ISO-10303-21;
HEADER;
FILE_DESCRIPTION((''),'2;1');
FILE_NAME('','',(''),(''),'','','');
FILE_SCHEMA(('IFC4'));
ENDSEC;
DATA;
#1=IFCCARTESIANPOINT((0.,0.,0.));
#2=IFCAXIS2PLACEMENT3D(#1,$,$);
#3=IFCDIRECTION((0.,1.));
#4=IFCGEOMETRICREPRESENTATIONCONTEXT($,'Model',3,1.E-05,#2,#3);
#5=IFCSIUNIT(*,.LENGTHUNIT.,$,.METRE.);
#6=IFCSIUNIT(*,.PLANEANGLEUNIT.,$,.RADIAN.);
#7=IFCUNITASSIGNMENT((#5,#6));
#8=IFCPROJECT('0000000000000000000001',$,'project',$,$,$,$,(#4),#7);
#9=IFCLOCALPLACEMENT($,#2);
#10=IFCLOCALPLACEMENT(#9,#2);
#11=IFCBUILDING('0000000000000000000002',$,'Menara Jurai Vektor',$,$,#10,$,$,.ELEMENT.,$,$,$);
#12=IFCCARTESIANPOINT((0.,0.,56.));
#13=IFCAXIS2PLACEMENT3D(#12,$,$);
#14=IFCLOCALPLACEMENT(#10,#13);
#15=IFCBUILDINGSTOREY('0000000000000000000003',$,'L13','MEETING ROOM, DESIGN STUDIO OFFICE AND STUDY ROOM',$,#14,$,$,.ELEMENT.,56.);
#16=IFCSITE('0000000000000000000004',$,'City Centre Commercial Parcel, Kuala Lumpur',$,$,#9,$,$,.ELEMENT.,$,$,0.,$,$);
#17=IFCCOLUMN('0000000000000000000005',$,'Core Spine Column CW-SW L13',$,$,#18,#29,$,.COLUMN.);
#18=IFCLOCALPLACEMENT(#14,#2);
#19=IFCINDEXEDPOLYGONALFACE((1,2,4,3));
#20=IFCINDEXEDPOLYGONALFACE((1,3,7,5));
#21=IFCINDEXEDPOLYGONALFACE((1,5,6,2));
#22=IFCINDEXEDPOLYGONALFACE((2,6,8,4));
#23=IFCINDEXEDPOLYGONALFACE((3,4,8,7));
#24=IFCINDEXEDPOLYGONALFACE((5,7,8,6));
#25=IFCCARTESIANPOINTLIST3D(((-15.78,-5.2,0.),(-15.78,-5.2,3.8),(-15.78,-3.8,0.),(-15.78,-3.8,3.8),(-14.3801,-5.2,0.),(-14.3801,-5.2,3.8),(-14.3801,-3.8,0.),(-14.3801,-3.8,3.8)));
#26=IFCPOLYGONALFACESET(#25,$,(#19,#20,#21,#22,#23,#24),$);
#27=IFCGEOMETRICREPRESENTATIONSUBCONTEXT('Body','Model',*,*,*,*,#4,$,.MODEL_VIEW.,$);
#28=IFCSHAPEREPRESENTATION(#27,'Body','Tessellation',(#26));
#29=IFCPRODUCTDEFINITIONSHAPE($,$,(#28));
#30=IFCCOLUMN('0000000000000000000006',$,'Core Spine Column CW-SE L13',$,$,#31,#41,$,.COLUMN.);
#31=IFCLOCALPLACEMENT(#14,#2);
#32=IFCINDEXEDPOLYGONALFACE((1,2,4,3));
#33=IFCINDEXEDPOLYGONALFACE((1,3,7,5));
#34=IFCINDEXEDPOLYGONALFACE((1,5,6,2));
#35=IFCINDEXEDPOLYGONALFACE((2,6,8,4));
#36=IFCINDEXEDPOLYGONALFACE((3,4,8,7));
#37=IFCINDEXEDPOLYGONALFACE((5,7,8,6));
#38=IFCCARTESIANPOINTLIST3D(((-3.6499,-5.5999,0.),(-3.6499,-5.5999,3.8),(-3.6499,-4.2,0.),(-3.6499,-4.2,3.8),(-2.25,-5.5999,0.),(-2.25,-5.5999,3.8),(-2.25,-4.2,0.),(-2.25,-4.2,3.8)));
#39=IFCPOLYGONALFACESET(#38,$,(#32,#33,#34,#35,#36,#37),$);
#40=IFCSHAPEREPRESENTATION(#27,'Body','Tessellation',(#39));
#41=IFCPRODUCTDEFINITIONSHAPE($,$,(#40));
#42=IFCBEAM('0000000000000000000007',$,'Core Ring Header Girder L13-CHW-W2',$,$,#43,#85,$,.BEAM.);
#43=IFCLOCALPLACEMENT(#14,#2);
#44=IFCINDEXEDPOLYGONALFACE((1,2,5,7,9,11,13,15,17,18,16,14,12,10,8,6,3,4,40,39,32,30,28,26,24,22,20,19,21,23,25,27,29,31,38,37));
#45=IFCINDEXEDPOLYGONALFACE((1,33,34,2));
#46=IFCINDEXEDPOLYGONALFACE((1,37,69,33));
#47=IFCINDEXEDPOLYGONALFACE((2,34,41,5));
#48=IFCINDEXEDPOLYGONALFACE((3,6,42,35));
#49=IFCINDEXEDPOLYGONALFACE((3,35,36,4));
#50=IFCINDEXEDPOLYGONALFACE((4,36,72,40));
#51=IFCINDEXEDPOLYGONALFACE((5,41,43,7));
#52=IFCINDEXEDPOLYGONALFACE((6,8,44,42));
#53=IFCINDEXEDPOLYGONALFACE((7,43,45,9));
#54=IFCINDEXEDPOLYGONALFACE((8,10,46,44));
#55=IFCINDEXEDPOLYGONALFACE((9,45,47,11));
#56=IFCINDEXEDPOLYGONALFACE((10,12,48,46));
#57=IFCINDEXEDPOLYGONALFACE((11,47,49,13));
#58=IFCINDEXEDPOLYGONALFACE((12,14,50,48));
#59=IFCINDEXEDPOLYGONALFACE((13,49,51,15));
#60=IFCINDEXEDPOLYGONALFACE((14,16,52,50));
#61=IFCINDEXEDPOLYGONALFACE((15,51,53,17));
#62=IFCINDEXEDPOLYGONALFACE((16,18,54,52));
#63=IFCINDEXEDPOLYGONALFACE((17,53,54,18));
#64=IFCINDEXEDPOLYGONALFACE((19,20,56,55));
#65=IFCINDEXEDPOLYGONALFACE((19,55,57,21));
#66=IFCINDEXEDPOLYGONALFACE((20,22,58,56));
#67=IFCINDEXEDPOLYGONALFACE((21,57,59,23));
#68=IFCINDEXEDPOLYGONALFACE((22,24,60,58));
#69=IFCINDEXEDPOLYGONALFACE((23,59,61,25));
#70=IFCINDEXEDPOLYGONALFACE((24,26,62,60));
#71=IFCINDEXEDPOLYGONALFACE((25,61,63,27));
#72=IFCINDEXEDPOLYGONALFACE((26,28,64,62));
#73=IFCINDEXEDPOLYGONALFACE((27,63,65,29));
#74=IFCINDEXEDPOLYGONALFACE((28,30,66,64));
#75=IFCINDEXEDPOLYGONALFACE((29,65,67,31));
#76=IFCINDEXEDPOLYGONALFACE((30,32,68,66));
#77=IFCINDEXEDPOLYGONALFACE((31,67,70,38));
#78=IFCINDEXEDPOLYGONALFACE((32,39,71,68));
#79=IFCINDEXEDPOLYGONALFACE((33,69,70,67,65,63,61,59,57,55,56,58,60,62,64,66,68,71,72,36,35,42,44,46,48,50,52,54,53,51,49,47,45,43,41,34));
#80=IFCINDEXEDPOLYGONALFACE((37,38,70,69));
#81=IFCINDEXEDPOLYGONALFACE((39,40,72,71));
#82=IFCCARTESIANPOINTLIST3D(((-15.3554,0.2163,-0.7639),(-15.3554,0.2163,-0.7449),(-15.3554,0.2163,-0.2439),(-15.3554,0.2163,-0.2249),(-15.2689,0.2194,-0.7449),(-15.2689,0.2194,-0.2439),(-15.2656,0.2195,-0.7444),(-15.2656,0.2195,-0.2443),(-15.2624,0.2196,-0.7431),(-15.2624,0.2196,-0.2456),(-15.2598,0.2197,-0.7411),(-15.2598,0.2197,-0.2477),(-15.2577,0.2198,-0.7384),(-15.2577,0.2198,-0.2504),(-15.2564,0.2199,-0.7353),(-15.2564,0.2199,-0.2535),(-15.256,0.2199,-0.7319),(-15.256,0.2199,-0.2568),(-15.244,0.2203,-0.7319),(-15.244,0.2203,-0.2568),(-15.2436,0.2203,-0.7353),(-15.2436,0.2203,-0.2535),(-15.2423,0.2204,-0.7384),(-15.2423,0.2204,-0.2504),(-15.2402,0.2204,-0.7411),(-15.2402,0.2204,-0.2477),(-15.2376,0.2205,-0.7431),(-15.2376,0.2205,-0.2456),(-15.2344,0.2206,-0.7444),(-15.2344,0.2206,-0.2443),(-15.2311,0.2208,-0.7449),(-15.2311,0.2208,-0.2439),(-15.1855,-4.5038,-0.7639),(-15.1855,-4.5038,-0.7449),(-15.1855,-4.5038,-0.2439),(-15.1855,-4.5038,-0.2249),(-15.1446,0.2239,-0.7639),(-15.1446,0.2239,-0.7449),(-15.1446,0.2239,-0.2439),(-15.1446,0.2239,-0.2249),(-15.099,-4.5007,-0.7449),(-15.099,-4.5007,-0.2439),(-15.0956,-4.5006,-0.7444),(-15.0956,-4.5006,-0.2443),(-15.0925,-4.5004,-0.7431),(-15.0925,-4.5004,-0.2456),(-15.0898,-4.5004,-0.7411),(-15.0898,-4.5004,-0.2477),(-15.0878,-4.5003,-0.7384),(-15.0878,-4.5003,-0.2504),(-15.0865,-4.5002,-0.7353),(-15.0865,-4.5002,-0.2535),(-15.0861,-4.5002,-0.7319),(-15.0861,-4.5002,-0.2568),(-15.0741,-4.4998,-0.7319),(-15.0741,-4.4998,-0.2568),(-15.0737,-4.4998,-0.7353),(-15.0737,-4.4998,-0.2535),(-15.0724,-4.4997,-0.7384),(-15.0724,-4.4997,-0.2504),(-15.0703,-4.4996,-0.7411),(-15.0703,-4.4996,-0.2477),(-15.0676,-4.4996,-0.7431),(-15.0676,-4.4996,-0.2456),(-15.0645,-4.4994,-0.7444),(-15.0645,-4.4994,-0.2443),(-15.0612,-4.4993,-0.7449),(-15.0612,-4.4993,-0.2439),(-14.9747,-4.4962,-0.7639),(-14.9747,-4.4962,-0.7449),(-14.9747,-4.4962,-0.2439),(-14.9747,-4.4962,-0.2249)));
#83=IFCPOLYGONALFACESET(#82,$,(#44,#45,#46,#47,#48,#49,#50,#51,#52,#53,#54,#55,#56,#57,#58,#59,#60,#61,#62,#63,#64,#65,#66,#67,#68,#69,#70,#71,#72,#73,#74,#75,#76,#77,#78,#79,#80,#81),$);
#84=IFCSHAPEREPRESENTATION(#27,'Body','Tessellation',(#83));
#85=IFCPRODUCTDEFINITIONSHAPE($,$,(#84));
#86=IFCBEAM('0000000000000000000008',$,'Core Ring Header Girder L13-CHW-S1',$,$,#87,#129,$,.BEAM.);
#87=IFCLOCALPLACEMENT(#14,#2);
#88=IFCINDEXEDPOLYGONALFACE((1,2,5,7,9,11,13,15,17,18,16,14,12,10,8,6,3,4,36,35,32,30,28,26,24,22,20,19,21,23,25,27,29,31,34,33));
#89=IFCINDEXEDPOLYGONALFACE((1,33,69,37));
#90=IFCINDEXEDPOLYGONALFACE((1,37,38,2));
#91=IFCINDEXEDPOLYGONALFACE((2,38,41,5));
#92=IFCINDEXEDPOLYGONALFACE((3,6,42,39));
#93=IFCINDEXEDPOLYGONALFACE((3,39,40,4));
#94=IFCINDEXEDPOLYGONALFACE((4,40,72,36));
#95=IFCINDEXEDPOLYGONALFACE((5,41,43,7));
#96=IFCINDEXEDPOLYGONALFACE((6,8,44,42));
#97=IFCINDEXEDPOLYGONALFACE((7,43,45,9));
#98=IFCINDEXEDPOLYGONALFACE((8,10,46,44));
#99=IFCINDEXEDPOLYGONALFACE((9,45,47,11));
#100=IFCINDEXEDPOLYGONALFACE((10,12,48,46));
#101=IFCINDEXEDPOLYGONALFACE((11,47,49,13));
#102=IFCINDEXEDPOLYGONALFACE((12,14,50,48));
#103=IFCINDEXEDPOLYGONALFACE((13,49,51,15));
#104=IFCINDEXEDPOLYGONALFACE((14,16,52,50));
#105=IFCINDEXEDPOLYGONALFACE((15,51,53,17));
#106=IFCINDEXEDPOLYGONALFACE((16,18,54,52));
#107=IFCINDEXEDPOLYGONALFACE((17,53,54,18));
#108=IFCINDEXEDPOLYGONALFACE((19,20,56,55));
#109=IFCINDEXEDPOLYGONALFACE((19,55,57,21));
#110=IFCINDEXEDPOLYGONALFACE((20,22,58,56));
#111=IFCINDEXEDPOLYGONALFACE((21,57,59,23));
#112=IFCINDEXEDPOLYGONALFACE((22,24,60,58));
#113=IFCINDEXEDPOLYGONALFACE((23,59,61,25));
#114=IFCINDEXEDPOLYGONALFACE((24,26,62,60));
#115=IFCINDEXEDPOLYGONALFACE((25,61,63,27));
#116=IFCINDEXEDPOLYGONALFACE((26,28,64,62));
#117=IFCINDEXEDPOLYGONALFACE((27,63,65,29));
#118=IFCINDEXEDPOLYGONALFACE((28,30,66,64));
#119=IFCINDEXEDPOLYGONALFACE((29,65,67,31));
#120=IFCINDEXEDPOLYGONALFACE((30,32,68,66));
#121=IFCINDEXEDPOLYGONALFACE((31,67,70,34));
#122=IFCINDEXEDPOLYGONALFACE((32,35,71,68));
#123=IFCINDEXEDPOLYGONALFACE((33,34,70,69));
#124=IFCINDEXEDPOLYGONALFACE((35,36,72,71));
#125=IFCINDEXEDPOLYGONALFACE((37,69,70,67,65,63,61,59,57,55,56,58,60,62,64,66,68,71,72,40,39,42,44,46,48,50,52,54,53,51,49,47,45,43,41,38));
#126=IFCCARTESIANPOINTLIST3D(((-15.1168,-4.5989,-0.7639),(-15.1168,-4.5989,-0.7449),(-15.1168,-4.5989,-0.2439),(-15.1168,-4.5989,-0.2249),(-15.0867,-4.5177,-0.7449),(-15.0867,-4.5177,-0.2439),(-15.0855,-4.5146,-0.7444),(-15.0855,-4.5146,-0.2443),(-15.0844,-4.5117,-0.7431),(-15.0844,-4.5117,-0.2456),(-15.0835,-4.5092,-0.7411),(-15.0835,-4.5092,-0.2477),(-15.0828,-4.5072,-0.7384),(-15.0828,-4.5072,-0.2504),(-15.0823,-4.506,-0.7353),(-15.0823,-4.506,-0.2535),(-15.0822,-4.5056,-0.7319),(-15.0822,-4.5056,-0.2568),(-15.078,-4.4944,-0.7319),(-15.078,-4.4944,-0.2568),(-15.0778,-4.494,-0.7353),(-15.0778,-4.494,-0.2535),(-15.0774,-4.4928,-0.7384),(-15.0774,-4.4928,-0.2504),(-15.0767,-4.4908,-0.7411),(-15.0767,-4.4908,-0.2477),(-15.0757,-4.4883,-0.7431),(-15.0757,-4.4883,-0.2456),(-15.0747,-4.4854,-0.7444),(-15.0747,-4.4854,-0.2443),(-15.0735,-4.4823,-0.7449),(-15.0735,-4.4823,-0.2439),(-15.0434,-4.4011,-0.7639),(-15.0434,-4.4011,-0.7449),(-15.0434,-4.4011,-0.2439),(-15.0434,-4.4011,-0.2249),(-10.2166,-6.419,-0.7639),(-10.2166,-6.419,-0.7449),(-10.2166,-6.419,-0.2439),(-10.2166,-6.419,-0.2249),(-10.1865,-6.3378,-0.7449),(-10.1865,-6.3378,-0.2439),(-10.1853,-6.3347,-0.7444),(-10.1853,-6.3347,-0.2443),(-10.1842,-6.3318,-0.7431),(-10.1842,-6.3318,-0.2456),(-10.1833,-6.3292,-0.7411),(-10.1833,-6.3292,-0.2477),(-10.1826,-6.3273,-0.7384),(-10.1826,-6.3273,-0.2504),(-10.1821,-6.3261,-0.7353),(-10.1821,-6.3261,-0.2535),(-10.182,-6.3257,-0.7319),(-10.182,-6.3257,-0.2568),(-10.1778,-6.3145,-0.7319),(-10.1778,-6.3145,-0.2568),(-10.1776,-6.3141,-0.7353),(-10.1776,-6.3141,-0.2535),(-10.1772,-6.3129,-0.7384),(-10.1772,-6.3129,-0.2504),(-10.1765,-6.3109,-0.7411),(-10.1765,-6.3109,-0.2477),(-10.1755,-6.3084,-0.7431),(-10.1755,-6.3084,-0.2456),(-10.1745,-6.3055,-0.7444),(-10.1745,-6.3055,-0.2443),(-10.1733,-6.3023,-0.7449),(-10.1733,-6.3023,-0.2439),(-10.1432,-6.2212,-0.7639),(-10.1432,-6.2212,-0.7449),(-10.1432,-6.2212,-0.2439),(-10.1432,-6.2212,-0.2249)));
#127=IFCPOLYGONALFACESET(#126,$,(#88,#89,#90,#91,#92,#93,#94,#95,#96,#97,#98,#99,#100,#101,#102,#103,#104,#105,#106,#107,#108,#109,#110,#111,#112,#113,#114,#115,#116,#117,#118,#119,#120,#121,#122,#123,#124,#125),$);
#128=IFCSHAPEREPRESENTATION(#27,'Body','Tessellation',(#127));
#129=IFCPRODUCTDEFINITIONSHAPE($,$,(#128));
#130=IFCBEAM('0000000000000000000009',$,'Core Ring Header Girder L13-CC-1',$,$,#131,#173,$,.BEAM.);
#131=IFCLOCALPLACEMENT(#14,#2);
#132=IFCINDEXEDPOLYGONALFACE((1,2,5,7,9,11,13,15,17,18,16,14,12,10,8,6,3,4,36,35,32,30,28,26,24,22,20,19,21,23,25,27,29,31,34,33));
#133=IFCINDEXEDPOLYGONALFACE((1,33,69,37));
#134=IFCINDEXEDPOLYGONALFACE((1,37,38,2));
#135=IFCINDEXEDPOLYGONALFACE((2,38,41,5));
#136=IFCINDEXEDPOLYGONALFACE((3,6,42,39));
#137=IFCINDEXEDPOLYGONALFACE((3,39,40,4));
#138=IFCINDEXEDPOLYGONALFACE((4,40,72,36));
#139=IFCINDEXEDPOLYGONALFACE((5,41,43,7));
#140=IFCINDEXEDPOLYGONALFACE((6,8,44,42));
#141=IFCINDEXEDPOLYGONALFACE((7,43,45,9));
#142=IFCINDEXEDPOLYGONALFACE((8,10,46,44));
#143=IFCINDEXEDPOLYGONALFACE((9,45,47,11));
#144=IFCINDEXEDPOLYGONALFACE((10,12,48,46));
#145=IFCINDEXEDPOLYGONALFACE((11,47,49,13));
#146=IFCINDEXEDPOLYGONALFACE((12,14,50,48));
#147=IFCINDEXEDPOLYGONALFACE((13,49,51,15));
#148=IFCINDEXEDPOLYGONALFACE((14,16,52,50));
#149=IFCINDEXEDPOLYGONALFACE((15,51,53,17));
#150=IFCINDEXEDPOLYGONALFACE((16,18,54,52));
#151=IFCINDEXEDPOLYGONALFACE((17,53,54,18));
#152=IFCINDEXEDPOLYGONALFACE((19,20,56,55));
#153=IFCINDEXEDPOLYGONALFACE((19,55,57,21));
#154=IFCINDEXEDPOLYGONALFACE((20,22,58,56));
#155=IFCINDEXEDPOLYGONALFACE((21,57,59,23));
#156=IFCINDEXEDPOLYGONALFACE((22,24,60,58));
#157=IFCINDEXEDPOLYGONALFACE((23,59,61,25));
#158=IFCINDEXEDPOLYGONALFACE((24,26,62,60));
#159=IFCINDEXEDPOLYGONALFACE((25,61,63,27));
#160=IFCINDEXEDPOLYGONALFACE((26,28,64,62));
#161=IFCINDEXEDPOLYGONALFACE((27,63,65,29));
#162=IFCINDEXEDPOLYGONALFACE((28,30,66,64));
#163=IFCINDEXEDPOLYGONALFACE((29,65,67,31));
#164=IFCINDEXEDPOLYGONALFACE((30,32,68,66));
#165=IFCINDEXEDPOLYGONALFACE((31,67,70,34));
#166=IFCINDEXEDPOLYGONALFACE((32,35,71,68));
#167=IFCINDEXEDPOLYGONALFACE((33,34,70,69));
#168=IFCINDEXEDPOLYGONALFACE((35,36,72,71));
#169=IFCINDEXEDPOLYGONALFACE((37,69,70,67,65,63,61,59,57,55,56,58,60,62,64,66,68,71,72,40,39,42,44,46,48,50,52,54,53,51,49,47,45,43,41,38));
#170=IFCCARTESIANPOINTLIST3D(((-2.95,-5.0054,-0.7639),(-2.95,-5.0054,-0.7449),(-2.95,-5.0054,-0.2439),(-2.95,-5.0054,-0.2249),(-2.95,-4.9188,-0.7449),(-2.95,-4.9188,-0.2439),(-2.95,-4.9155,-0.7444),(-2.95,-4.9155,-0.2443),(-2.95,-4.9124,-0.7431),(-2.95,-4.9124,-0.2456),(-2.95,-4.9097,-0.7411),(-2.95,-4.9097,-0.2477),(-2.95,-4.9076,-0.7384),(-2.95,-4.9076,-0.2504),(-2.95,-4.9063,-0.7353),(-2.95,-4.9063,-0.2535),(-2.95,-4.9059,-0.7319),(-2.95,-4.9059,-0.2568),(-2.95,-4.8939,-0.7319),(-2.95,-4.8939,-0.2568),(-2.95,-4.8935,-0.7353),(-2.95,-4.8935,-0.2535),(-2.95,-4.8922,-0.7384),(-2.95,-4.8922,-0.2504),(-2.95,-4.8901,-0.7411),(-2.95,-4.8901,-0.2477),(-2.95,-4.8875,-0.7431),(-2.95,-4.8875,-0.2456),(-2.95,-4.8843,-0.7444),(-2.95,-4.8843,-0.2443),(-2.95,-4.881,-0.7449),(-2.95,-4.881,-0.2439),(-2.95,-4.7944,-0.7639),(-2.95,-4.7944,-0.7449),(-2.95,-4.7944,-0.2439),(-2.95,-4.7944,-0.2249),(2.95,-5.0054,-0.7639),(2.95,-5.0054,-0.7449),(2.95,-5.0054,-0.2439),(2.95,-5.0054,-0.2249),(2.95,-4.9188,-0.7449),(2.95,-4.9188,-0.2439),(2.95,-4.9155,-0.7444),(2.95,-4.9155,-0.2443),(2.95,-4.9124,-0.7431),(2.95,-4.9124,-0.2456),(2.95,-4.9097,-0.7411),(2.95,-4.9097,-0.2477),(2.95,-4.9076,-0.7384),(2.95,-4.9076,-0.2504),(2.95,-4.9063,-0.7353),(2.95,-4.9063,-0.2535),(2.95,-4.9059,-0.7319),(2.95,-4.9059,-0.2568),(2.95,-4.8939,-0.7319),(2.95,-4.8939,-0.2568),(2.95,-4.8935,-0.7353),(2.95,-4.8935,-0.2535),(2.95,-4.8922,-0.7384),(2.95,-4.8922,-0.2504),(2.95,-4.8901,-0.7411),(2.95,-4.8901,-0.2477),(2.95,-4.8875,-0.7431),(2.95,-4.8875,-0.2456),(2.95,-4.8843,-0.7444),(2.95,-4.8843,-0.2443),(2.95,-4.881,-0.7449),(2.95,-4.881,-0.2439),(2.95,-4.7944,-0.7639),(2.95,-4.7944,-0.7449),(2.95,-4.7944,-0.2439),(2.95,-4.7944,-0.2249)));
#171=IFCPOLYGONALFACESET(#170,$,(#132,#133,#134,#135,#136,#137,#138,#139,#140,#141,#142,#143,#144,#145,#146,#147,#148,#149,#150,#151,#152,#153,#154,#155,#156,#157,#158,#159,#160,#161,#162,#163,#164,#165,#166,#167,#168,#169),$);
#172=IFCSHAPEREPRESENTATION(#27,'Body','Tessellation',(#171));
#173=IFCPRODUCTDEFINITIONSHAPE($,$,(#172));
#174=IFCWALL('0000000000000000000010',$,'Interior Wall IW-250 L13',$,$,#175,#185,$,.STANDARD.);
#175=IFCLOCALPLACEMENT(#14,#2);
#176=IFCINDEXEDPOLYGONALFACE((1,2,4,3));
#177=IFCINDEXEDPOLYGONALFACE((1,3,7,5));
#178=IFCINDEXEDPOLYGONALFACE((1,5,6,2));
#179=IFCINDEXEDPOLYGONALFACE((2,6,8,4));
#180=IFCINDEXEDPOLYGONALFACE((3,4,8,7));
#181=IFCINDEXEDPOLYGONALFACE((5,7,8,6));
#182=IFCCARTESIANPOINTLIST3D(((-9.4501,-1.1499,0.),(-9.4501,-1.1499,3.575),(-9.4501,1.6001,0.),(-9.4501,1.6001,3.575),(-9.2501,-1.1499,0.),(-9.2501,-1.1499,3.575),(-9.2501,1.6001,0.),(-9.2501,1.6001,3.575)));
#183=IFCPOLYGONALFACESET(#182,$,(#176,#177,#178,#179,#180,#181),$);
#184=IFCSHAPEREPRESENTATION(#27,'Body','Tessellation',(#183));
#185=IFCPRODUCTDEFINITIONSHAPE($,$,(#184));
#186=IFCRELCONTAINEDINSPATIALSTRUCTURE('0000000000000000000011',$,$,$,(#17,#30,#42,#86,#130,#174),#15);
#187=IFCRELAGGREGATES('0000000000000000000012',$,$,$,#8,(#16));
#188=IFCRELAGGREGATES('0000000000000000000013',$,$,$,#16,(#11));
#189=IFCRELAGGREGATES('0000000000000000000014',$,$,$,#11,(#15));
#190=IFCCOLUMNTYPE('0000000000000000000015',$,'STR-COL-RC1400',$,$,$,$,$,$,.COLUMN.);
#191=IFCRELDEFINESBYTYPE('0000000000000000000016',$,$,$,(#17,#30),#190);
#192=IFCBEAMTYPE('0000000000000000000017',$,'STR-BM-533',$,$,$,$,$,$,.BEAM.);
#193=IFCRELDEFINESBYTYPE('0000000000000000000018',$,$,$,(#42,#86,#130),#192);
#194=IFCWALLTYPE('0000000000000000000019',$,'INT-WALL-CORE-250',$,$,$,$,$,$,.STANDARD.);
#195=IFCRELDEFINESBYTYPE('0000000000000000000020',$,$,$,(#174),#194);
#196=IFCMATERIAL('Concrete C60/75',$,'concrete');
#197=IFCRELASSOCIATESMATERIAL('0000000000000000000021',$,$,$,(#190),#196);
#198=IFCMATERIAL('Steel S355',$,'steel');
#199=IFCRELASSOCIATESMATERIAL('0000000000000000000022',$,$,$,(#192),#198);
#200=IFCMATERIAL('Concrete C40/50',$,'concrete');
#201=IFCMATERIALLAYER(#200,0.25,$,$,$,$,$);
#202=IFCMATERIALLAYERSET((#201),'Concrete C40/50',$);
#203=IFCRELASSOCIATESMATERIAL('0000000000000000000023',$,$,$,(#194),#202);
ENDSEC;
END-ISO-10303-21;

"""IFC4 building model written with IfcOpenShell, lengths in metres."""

from ifc_helpers import new_model, si_unit, direction, frame, frame_2d, origin, origin_2d, place, context, subcontext, project, spatial, rectangle, i_section, extrude, material, layer, layer_set, material_profile, profile_set, type_object, element, save


model = new_model("IFC4")

# Units and contexts
model_context = context("Model", 3, precision=1e-05, world=origin(), true_north=direction((0.0, 1.0)))
body_context = subcontext(model_context, "Body", "Model", "MODEL_VIEW")
ifc_project = project(units=[si_unit("LENGTHUNIT", "METRE"), si_unit("PLANEANGLEUNIT", "RADIAN")], contexts=[model_context])

# Site, building, storey
site_placement = place(None, origin())
site = spatial("IfcSite", under=ifc_project, at=site_placement, Name="City Centre Commercial Parcel, Kuala Lumpur", CompositionType="ELEMENT", RefElevation=0.0)
building_placement = place(site_placement, origin())
building = spatial("IfcBuilding", under=site, at=building_placement, Name="Menara Jurai Vektor", CompositionType="ELEMENT")
storey_placement = place(building_placement, frame((0.0, 0.0, 56.0)))
storey = spatial("IfcBuildingStorey", under=building, at=storey_placement, Name="L13", Description="MEETING ROOM, DESIGN STUDIO OFFICE AND STUDY ROOM", CompositionType="ELEMENT", Elevation=56.0)

# Columns
ifc_material_1 = material(Name="Concrete C60/75", Category="concrete")
ifc_material_profile_1 = material_profile(ifc_material_1, rectangle(XDim=1.3999, YDim=1.3999, at=origin_2d()), Name="RC 1400x1400")
ifc_profile_set_1 = profile_set([ifc_material_profile_1], Name="Concrete C60/75")
column_type = type_object("IfcColumnType", Name="STR-COL-RC1400", PredefinedType="COLUMN", material=ifc_profile_set_1)
for number, where, z_axis, x_axis, name in (
    (1, (-15.0801, -4.5, 0.0), (0.0, 0.0, 1.0), (1.0, 0.0, 0.0), "Core Spine Column CW-SW L13"),
    (2, (-2.95, -4.8999, 0.0), (0.0, 0.0, 1.0), (1.0, 0.0, 0.0), "Core Spine Column CW-SE L13"),
):
    element("IfcColumn", number, at=place(storey_placement, frame(where, z_axis=z_axis, x_axis=x_axis)), inside=storey, type_object=column_type, Name=name, PredefinedType="COLUMN", context=body_context, shape_type="SweptSolid", body=[
        extrude(rectangle(XDim=1.3999, YDim=1.3999, at=origin_2d()), origin(), (0.0, 0.0, 1.0), 3.8),
    ])

# Beams
ifc_material_2 = material(Name="Steel S355", Category="steel")
ifc_material_profile_2 = material_profile(ifc_material_2, i_section(OverallWidth=0.2109, OverallDepth=0.5391, WebThickness=0.012, FlangeThickness=0.019, FilletRadius=0.0129, at=origin_2d()), Name="UKB 533x210x109")
ifc_profile_set_2 = profile_set([ifc_material_profile_2], Name="Steel S355")
beam_type = type_object("IfcBeamType", Name="STR-BM-533", PredefinedType="BEAM", material=ifc_profile_set_2)
beam_1_placement = place(storey_placement, frame((-15.0801, -4.5, -0.4944), z_axis=(-0.035977, 0.999353, 0.0), x_axis=(-0.999353, -0.035977, 0.0)))
element("IfcBeam", 3, at=beam_1_placement, inside=storey, type_object=beam_type, Name="Core Ring Header Girder L13-CHW-W2", PredefinedType="BEAM", context=body_context, shape_type="SweptSolid", body=[
    extrude(i_section(OverallWidth=0.2109, OverallDepth=0.5391, WebThickness=0.012, FlangeThickness=0.019, FilletRadius=0.0129, at=origin_2d()), origin(), (0.0, 0.0, 1.0), 4.7231),
])
beam_2_placement = place(storey_placement, frame((-15.0801, -4.5, -0.4944), z_axis=(0.937424, -0.348189, 0.0), x_axis=(0.348189, 0.937424, 0.0)))
element("IfcBeam", 4, at=beam_2_placement, inside=storey, type_object=beam_type, Name="Core Ring Header Girder L13-CHW-S1", PredefinedType="BEAM", context=body_context, shape_type="SweptSolid", body=[
    extrude(i_section(OverallWidth=0.2109, OverallDepth=0.5391, WebThickness=0.012, FlangeThickness=0.019, FilletRadius=0.0129, at=origin_2d()), origin(), (0.0, 0.0, 1.0), 5.2273),
])
beam_3_placement = place(storey_placement, frame((-2.95, -4.8999, -0.4944), z_axis=(1.0, 0.0, 0.0), x_axis=(0.0, 1.0, 0.0)))
element("IfcBeam", 5, at=beam_3_placement, inside=storey, type_object=beam_type, Name="Core Ring Header Girder L13-CC-1", PredefinedType="BEAM", context=body_context, shape_type="SweptSolid", body=[
    extrude(i_section(OverallWidth=0.2109, OverallDepth=0.5391, WebThickness=0.012, FlangeThickness=0.019, FilletRadius=0.0129, at=origin_2d()), origin(), (0.0, 0.0, 1.0), 5.8999),
])

# Shared definitions
ifc_material_3 = material(Name="Concrete C40/50", Category="concrete")
ifc_layer_1 = layer(ifc_material_3, 0.25)
ifc_layer_set_1 = layer_set([ifc_layer_1], Name="Concrete C40/50")
wall_type_1 = type_object("IfcWallType", Name="INT-WALL-CORE-250", PredefinedType="STANDARD", material=ifc_layer_set_1)

# Wall
wall_1_placement = place(storey_placement, frame((-9.3501, -1.1499, 0.0), z_axis=(0.0, 0.0, 1.0), x_axis=(0.0, 1.0, 0.0)))
element("IfcWall", 6, at=wall_1_placement, inside=storey, type_object=wall_type_1, Name="Interior Wall IW-250 L13", PredefinedType="STANDARD", context=body_context, shape_type="SweptSolid", body=[
    extrude(rectangle(XDim=2.75, YDim=0.2, at=frame_2d((1.375, 0.0))), origin(), (0.0, 0.0, 1.0), 3.575),
])

save(model, "model.ifc")
